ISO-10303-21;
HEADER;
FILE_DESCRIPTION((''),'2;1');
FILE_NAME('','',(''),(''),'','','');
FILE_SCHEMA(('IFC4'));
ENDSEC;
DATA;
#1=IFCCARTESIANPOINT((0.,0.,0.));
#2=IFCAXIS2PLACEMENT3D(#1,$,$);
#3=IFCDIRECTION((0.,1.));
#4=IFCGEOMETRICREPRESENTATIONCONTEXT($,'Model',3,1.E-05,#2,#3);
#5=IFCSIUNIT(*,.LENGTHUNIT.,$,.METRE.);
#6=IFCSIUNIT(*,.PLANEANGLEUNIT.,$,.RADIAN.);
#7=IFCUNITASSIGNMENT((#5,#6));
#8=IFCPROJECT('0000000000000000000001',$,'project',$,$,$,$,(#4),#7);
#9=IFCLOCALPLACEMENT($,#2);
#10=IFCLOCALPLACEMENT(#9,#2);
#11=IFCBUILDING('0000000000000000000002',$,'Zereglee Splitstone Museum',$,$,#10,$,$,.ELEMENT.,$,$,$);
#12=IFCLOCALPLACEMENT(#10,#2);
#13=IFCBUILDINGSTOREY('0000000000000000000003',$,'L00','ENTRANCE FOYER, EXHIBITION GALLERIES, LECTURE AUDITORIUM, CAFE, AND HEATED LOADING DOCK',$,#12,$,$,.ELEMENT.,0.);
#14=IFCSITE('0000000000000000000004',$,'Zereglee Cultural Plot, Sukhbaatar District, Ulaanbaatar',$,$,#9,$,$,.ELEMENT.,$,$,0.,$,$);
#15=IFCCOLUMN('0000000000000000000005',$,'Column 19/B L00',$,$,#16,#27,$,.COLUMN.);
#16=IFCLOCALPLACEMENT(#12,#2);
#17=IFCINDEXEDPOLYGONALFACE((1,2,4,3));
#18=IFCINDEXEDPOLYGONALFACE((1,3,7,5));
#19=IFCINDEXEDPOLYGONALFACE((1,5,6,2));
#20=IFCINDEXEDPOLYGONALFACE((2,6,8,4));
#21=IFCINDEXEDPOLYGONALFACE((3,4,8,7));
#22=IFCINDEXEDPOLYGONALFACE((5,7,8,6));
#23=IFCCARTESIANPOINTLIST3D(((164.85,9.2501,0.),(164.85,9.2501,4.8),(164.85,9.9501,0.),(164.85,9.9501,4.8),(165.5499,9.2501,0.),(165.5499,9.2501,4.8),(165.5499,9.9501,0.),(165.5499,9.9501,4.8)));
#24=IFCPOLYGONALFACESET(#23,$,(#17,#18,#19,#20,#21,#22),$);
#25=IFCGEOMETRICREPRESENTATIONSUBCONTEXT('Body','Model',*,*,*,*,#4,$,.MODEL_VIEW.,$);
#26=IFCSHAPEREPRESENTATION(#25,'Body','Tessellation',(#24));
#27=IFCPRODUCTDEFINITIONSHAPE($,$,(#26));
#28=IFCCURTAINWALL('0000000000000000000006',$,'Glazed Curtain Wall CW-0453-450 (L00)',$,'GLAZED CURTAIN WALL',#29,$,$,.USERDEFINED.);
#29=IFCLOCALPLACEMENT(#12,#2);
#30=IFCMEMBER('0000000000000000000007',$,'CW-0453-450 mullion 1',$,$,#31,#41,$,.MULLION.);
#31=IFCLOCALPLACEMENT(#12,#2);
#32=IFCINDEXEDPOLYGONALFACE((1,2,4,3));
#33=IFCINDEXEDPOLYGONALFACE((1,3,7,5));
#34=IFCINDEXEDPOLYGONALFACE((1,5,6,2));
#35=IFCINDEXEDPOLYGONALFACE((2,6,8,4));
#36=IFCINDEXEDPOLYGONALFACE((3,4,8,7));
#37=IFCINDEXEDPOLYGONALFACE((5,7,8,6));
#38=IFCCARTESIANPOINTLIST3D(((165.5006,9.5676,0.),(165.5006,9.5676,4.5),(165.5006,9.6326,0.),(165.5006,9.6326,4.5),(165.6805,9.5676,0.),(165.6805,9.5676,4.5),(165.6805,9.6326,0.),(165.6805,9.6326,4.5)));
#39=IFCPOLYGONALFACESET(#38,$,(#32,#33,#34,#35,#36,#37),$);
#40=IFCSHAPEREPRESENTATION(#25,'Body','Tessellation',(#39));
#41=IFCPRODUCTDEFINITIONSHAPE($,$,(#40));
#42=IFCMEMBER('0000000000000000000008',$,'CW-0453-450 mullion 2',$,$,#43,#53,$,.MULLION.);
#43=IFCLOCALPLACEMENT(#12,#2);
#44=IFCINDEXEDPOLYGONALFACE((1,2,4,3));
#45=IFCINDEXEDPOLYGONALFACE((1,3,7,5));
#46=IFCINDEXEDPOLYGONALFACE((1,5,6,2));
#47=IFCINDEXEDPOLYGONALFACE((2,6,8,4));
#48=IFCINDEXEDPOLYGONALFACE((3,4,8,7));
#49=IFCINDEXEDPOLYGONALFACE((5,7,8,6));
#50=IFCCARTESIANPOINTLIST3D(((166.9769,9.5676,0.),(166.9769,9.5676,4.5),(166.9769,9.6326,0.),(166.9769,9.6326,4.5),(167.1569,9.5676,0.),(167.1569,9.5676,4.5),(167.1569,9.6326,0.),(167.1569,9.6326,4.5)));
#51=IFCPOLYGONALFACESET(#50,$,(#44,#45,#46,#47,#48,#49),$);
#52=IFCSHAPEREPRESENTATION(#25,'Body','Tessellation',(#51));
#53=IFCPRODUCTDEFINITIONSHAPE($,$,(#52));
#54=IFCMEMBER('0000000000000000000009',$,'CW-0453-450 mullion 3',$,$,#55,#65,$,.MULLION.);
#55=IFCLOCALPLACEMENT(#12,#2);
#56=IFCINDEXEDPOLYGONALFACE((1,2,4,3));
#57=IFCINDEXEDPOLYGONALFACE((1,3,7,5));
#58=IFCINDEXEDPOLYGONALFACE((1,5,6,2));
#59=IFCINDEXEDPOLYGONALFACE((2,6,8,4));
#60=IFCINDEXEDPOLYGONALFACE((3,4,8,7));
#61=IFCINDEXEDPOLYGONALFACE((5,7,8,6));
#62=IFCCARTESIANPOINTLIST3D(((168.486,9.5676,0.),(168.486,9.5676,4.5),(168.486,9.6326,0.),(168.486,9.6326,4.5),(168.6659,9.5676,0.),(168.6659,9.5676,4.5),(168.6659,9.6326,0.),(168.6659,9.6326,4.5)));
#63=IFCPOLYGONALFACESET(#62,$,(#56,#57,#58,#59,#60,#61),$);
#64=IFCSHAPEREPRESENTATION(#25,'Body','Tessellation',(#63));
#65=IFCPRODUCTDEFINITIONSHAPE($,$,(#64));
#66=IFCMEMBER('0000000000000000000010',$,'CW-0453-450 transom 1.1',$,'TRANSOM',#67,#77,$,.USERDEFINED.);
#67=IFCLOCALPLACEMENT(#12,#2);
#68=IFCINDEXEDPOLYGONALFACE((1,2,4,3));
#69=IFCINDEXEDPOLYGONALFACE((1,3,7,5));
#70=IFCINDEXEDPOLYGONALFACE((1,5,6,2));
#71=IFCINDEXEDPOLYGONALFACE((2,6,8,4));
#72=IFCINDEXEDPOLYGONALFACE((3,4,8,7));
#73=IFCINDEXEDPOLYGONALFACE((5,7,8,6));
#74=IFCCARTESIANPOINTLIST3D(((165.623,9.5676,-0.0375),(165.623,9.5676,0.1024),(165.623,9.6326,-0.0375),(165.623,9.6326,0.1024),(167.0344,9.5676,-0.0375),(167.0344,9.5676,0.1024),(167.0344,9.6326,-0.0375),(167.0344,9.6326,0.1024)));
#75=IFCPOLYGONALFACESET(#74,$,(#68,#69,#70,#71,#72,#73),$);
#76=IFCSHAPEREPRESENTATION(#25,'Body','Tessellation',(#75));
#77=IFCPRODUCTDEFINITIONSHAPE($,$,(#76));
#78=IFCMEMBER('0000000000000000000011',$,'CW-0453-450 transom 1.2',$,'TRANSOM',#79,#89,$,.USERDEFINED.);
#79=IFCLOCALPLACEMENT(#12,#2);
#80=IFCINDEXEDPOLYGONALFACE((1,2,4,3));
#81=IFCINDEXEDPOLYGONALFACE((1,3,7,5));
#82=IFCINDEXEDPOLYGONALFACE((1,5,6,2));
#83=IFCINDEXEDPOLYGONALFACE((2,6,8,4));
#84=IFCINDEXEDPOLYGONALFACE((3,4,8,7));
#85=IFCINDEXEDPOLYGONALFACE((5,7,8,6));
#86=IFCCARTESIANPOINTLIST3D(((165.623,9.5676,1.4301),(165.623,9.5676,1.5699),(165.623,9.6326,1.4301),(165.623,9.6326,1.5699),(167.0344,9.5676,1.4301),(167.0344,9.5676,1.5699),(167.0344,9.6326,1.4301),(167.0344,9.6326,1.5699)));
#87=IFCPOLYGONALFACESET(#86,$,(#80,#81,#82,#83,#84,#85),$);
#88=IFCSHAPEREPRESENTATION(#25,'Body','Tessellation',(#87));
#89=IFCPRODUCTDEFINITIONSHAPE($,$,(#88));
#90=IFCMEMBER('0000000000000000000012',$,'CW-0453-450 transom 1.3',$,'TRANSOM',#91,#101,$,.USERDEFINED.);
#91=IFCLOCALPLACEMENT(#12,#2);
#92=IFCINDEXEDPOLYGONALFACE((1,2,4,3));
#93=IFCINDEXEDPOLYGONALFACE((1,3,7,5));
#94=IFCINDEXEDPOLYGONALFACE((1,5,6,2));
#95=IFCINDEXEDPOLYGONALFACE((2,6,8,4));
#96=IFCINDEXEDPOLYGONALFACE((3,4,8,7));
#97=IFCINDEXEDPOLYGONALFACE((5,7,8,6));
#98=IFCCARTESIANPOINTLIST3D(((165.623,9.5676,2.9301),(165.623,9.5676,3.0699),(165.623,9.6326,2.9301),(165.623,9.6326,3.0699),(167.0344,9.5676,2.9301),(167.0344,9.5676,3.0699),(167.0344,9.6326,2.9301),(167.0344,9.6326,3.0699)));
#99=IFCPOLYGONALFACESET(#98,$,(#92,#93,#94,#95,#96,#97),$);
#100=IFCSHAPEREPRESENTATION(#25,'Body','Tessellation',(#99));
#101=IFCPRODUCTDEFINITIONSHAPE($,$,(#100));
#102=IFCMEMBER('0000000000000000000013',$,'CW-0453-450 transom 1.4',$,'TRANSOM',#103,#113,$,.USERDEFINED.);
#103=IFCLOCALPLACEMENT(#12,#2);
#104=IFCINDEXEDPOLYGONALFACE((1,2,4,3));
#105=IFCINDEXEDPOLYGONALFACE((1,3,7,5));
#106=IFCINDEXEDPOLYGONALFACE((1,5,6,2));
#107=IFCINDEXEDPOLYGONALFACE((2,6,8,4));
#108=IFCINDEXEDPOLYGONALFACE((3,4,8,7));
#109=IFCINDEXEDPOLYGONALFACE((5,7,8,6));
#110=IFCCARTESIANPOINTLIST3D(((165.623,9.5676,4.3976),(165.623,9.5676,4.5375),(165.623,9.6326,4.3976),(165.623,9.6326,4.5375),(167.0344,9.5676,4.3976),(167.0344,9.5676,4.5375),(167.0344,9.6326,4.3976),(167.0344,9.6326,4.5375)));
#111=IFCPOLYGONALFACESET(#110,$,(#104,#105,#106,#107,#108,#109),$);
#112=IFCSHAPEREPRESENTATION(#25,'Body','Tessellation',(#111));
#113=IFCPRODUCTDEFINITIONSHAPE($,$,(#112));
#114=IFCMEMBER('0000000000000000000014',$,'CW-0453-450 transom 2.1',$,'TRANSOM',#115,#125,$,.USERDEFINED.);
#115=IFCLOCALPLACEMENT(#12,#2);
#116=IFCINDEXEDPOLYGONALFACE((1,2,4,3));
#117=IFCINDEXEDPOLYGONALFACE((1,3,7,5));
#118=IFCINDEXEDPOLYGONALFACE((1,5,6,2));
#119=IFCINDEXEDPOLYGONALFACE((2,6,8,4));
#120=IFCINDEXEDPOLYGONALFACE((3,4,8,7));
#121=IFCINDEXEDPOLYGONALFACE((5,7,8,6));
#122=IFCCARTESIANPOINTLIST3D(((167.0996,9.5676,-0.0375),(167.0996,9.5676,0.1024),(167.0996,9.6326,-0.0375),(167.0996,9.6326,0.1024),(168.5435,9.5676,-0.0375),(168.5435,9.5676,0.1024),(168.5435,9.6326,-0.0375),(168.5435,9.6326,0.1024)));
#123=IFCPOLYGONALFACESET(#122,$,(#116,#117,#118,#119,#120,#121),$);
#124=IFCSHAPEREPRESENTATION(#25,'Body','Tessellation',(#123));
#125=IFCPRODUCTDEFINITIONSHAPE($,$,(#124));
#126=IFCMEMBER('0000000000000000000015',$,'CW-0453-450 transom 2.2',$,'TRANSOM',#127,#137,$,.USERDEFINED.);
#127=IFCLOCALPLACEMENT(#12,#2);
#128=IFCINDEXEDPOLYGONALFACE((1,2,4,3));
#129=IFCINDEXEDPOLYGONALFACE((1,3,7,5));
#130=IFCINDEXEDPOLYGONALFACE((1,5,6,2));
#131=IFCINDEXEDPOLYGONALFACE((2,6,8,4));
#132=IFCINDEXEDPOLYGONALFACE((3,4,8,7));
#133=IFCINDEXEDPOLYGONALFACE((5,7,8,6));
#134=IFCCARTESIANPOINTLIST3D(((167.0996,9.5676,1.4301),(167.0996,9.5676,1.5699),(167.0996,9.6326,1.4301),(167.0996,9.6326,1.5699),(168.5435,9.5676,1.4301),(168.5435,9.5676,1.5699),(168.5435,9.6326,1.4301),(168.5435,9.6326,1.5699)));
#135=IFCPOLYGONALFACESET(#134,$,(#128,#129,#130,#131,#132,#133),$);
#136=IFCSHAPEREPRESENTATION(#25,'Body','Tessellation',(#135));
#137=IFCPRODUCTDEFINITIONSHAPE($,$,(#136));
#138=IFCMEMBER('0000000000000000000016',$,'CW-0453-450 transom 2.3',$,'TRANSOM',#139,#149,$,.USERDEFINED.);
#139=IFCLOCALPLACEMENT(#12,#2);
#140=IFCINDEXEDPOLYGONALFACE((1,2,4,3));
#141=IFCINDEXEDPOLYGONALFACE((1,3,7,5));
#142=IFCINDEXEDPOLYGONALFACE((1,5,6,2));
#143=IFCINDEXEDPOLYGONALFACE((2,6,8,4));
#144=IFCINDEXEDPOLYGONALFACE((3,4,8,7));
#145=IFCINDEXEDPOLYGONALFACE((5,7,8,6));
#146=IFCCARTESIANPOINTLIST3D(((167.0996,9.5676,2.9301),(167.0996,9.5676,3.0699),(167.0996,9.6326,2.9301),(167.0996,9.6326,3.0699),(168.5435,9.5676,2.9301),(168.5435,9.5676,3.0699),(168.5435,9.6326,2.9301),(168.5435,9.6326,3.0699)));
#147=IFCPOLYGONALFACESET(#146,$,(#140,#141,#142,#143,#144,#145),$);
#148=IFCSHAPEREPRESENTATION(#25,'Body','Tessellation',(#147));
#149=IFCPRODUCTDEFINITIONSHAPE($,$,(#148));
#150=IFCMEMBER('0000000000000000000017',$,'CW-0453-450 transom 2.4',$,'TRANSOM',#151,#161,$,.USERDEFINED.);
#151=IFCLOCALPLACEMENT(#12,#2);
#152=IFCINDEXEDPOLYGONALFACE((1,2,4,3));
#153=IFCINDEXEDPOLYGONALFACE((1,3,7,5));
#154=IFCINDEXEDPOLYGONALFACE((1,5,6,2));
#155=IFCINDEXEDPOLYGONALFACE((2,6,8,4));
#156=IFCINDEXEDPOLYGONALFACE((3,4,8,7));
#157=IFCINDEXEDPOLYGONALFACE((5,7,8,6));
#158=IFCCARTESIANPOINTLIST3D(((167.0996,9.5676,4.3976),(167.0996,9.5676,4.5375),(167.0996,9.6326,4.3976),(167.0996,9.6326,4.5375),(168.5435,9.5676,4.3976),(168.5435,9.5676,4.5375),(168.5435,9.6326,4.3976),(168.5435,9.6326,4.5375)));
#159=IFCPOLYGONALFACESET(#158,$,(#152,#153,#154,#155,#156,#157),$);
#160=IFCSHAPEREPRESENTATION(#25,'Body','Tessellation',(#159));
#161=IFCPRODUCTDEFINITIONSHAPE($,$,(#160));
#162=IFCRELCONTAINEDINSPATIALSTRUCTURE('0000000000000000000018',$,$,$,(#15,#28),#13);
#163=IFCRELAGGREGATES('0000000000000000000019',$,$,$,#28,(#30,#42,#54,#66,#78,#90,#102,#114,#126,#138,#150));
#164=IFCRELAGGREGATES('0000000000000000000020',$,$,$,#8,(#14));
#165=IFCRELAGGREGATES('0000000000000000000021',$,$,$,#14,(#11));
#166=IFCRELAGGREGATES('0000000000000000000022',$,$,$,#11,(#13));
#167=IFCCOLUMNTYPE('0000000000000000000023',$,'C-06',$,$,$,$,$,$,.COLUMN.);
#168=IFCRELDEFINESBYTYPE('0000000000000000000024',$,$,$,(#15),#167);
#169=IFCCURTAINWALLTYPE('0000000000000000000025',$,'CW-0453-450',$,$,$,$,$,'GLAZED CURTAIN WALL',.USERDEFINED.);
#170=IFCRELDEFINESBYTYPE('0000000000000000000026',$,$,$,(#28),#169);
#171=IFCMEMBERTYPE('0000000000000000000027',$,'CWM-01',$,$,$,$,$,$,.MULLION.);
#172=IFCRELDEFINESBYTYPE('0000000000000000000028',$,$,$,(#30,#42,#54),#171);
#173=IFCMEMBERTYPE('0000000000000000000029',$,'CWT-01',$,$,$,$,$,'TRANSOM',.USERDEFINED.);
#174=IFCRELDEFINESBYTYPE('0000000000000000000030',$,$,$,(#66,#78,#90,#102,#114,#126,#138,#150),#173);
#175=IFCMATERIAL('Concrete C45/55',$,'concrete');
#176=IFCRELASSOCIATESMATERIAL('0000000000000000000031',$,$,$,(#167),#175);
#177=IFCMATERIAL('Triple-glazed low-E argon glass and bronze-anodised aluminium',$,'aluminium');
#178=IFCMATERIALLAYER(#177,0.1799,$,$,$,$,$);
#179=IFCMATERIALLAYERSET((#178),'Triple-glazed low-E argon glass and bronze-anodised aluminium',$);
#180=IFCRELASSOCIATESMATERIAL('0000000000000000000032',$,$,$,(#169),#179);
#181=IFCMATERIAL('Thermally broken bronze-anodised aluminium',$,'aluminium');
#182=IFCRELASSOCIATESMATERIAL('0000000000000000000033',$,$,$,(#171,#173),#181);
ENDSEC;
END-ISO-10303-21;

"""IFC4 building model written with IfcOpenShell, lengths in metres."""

from ifc_helpers import new_model, si_unit, direction, frame, origin, origin_2d, place, context, subcontext, project, spatial, rectangle, extrude, material, layer, layer_set, material_profile, profile_set, type_object, element, aggregate, save


model = new_model("IFC4")

# Units and contexts
model_context = context("Model", 3, precision=1e-05, world=origin(), true_north=direction((0.0, 1.0)))
body_context = subcontext(model_context, "Body", "Model", "MODEL_VIEW")
ifc_project = project(units=[si_unit("LENGTHUNIT", "METRE"), si_unit("PLANEANGLEUNIT", "RADIAN")], contexts=[model_context])

# Site, building, storey
site_placement = place(None, origin())
site = spatial("IfcSite", under=ifc_project, at=site_placement, Name="Zereglee Cultural Plot, Sukhbaatar District, Ulaanbaatar", CompositionType="ELEMENT", RefElevation=0.0)
building_placement = place(site_placement, origin())
building = spatial("IfcBuilding", under=site, at=building_placement, Name="Zereglee Splitstone Museum", CompositionType="ELEMENT")
storey_placement = place(building_placement, origin())
storey = spatial("IfcBuildingStorey", under=building, at=storey_placement, Name="L00", Description="ENTRANCE FOYER, EXHIBITION GALLERIES, LECTURE AUDITORIUM, CAFE, AND HEATED LOADING DOCK", CompositionType="ELEMENT", Elevation=0.0)

# Column
ifc_material_1 = material(Name="Concrete C45/55", Category="concrete")
ifc_material_profile_1 = material_profile(ifc_material_1, rectangle(XDim=0.7, YDim=0.7, at=origin_2d()), Name="RC 700x700")
ifc_profile_set_1 = profile_set([ifc_material_profile_1], Name="Concrete C45/55")
column_type = type_object("IfcColumnType", Name="C-06", PredefinedType="COLUMN", material=ifc_profile_set_1)
column_placement = place(storey_placement, frame((165.2, 9.6001, 0.0), z_axis=(0.0, 0.0, 1.0), x_axis=(1.0, 0.0, 0.0)))
element("IfcColumn", 1, at=column_placement, inside=storey, type_object=column_type, Name="Column 19/B L00", PredefinedType="COLUMN", context=body_context, shape_type="SweptSolid", body=[
    extrude(rectangle(XDim=0.7, YDim=0.7, at=origin_2d()), origin(), (0.0, 0.0, 1.0), 4.8),
])

# Curtain wall, members
ifc_material_2 = material(Name="Triple-glazed low-E argon glass and bronze-anodised aluminium", Category="aluminium")
ifc_layer_1 = layer(ifc_material_2, 0.1799)
ifc_layer_set_1 = layer_set([ifc_layer_1], Name="Triple-glazed low-E argon glass and bronze-anodised aluminium")
curtain_wall_type = type_object("IfcCurtainWallType", Name="CW-0453-450", ElementType="GLAZED CURTAIN WALL", PredefinedType="USERDEFINED", material=ifc_layer_set_1)
curtain_wall_placement = place(storey_placement, origin())
curtain_wall = element("IfcCurtainWall", 2, at=curtain_wall_placement, inside=storey, type_object=curtain_wall_type, Name="Glazed Curtain Wall CW-0453-450 (L00)", ObjectType="GLAZED CURTAIN WALL", PredefinedType="USERDEFINED")
ifc_material_3 = material(Name="Thermally broken bronze-anodised aluminium", Category="aluminium")
ifc_material_profile_2 = material_profile(ifc_material_3, rectangle(XDim=0.0649, YDim=0.1799, at=origin_2d()), Name="CW MULL 65x180")
ifc_profile_set_2 = profile_set([ifc_material_profile_2], Name="Thermally broken bronze-anodised aluminium")
member_type_1 = type_object("IfcMemberType", Name="CWM-01", PredefinedType="MULLION", material=ifc_profile_set_2)
member_1_placement = place(storey_placement, frame((165.5906, 9.6001, 0.0), z_axis=(0.0, 0.0, 1.0), x_axis=(0.0, 1.0, 0.0)))
member_1 = element("IfcMember", 3, at=member_1_placement, type_object=member_type_1, Name="CW-0453-450 mullion 1", PredefinedType="MULLION", context=body_context, shape_type="SweptSolid", body=[
    extrude(rectangle(XDim=0.0649, YDim=0.1799, at=origin_2d()), origin(), (0.0, 0.0, 1.0), 4.5),
])
member_2_placement = place(storey_placement, frame((167.0669, 9.6001, 0.0), z_axis=(0.0, 0.0, 1.0), x_axis=(0.0, 1.0, 0.0)))
member_2 = element("IfcMember", 4, at=member_2_placement, type_object=member_type_1, Name="CW-0453-450 mullion 2", PredefinedType="MULLION", context=body_context, shape_type="SweptSolid", body=[
    extrude(rectangle(XDim=0.0649, YDim=0.1799, at=origin_2d()), origin(), (0.0, 0.0, 1.0), 4.5),
])
member_3_placement = place(storey_placement, frame((168.5759, 9.6001, 0.0), z_axis=(0.0, 0.0, 1.0), x_axis=(0.0, 1.0, 0.0)))
member_3 = element("IfcMember", 5, at=member_3_placement, type_object=member_type_1, Name="CW-0453-450 mullion 3", PredefinedType="MULLION", context=body_context, shape_type="SweptSolid", body=[
    extrude(rectangle(XDim=0.0649, YDim=0.1799, at=origin_2d()), origin(), (0.0, 0.0, 1.0), 4.5),
])
ifc_material_profile_3 = material_profile(ifc_material_3, rectangle(XDim=0.0649, YDim=0.1399, at=origin_2d()), Name="CW TRAN 65x140")
ifc_profile_set_3 = profile_set([ifc_material_profile_3], Name="Thermally broken bronze-anodised aluminium")
member_type_2 = type_object("IfcMemberType", Name="CWT-01", ElementType="TRANSOM", PredefinedType="USERDEFINED", material=ifc_profile_set_3)
member_4_placement = place(storey_placement, frame((165.623, 9.6001, 0.0325), z_axis=(1.0, 0.0, 0.0), x_axis=(0.0, 1.0, 0.0)))
member_4 = element("IfcMember", 6, at=member_4_placement, type_object=member_type_2, Name="CW-0453-450 transom 1.1", ObjectType="TRANSOM", PredefinedType="USERDEFINED", context=body_context, shape_type="SweptSolid", body=[
    extrude(rectangle(XDim=0.0649, YDim=0.1399, at=origin_2d()), origin(), (0.0, 0.0, 1.0), 1.4114),
])
member_5_placement = place(storey_placement, frame((165.623, 9.6001, 1.5), z_axis=(1.0, 0.0, 0.0), x_axis=(0.0, 1.0, 0.0)))
member_5 = element("IfcMember", 7, at=member_5_placement, type_object=member_type_2, Name="CW-0453-450 transom 1.2", ObjectType="TRANSOM", PredefinedType="USERDEFINED", context=body_context, shape_type="SweptSolid", body=[
    extrude(rectangle(XDim=0.0649, YDim=0.1399, at=origin_2d()), origin(), (0.0, 0.0, 1.0), 1.4114),
])
member_6_placement = place(storey_placement, frame((165.623, 9.6001, 3.0), z_axis=(1.0, 0.0, 0.0), x_axis=(0.0, 1.0, 0.0)))
member_6 = element("IfcMember", 8, at=member_6_placement, type_object=member_type_2, Name="CW-0453-450 transom 1.3", ObjectType="TRANSOM", PredefinedType="USERDEFINED", context=body_context, shape_type="SweptSolid", body=[
    extrude(rectangle(XDim=0.0649, YDim=0.1399, at=origin_2d()), origin(), (0.0, 0.0, 1.0), 1.4114),
])
member_7_placement = place(storey_placement, frame((165.623, 9.6001, 4.4675), z_axis=(1.0, 0.0, 0.0), x_axis=(0.0, 1.0, 0.0)))
member_7 = element("IfcMember", 9, at=member_7_placement, type_object=member_type_2, Name="CW-0453-450 transom 1.4", ObjectType="TRANSOM", PredefinedType="USERDEFINED", context=body_context, shape_type="SweptSolid", body=[
    extrude(rectangle(XDim=0.0649, YDim=0.1399, at=origin_2d()), origin(), (0.0, 0.0, 1.0), 1.4114),
])
member_8_placement = place(storey_placement, frame((167.0996, 9.6001, 0.0325), z_axis=(1.0, 0.0, 0.0), x_axis=(0.0, 1.0, 0.0)))
member_8 = element("IfcMember", 10, at=member_8_placement, type_object=member_type_2, Name="CW-0453-450 transom 2.1", ObjectType="TRANSOM", PredefinedType="USERDEFINED", context=body_context, shape_type="SweptSolid", body=[
    extrude(rectangle(XDim=0.0649, YDim=0.1399, at=origin_2d()), origin(), (0.0, 0.0, 1.0), 1.4438),
])
member_9_placement = place(storey_placement, frame((167.0996, 9.6001, 1.5), z_axis=(1.0, 0.0, 0.0), x_axis=(0.0, 1.0, 0.0)))
member_9 = element("IfcMember", 11, at=member_9_placement, type_object=member_type_2, Name="CW-0453-450 transom 2.2", ObjectType="TRANSOM", PredefinedType="USERDEFINED", context=body_context, shape_type="SweptSolid", body=[
    extrude(rectangle(XDim=0.0649, YDim=0.1399, at=origin_2d()), origin(), (0.0, 0.0, 1.0), 1.4438),
])
member_10_placement = place(storey_placement, frame((167.0996, 9.6001, 3.0), z_axis=(1.0, 0.0, 0.0), x_axis=(0.0, 1.0, 0.0)))
member_10 = element("IfcMember", 12, at=member_10_placement, type_object=member_type_2, Name="CW-0453-450 transom 2.3", ObjectType="TRANSOM", PredefinedType="USERDEFINED", context=body_context, shape_type="SweptSolid", body=[
    extrude(rectangle(XDim=0.0649, YDim=0.1399, at=origin_2d()), origin(), (0.0, 0.0, 1.0), 1.4438),
])
member_11_placement = place(storey_placement, frame((167.0996, 9.6001, 4.4675), z_axis=(1.0, 0.0, 0.0), x_axis=(0.0, 1.0, 0.0)))
member_11 = element("IfcMember", 13, at=member_11_placement, type_object=member_type_2, Name="CW-0453-450 transom 2.4", ObjectType="TRANSOM", PredefinedType="USERDEFINED", context=body_context, shape_type="SweptSolid", body=[
    extrude(rectangle(XDim=0.0649, YDim=0.1399, at=origin_2d()), origin(), (0.0, 0.0, 1.0), 1.4438),
])

aggregate(curtain_wall, [member_1, member_2, member_3, member_4, member_5, member_6, member_7, member_8, member_9, member_10, member_11])

save(model, "model.ifc")
